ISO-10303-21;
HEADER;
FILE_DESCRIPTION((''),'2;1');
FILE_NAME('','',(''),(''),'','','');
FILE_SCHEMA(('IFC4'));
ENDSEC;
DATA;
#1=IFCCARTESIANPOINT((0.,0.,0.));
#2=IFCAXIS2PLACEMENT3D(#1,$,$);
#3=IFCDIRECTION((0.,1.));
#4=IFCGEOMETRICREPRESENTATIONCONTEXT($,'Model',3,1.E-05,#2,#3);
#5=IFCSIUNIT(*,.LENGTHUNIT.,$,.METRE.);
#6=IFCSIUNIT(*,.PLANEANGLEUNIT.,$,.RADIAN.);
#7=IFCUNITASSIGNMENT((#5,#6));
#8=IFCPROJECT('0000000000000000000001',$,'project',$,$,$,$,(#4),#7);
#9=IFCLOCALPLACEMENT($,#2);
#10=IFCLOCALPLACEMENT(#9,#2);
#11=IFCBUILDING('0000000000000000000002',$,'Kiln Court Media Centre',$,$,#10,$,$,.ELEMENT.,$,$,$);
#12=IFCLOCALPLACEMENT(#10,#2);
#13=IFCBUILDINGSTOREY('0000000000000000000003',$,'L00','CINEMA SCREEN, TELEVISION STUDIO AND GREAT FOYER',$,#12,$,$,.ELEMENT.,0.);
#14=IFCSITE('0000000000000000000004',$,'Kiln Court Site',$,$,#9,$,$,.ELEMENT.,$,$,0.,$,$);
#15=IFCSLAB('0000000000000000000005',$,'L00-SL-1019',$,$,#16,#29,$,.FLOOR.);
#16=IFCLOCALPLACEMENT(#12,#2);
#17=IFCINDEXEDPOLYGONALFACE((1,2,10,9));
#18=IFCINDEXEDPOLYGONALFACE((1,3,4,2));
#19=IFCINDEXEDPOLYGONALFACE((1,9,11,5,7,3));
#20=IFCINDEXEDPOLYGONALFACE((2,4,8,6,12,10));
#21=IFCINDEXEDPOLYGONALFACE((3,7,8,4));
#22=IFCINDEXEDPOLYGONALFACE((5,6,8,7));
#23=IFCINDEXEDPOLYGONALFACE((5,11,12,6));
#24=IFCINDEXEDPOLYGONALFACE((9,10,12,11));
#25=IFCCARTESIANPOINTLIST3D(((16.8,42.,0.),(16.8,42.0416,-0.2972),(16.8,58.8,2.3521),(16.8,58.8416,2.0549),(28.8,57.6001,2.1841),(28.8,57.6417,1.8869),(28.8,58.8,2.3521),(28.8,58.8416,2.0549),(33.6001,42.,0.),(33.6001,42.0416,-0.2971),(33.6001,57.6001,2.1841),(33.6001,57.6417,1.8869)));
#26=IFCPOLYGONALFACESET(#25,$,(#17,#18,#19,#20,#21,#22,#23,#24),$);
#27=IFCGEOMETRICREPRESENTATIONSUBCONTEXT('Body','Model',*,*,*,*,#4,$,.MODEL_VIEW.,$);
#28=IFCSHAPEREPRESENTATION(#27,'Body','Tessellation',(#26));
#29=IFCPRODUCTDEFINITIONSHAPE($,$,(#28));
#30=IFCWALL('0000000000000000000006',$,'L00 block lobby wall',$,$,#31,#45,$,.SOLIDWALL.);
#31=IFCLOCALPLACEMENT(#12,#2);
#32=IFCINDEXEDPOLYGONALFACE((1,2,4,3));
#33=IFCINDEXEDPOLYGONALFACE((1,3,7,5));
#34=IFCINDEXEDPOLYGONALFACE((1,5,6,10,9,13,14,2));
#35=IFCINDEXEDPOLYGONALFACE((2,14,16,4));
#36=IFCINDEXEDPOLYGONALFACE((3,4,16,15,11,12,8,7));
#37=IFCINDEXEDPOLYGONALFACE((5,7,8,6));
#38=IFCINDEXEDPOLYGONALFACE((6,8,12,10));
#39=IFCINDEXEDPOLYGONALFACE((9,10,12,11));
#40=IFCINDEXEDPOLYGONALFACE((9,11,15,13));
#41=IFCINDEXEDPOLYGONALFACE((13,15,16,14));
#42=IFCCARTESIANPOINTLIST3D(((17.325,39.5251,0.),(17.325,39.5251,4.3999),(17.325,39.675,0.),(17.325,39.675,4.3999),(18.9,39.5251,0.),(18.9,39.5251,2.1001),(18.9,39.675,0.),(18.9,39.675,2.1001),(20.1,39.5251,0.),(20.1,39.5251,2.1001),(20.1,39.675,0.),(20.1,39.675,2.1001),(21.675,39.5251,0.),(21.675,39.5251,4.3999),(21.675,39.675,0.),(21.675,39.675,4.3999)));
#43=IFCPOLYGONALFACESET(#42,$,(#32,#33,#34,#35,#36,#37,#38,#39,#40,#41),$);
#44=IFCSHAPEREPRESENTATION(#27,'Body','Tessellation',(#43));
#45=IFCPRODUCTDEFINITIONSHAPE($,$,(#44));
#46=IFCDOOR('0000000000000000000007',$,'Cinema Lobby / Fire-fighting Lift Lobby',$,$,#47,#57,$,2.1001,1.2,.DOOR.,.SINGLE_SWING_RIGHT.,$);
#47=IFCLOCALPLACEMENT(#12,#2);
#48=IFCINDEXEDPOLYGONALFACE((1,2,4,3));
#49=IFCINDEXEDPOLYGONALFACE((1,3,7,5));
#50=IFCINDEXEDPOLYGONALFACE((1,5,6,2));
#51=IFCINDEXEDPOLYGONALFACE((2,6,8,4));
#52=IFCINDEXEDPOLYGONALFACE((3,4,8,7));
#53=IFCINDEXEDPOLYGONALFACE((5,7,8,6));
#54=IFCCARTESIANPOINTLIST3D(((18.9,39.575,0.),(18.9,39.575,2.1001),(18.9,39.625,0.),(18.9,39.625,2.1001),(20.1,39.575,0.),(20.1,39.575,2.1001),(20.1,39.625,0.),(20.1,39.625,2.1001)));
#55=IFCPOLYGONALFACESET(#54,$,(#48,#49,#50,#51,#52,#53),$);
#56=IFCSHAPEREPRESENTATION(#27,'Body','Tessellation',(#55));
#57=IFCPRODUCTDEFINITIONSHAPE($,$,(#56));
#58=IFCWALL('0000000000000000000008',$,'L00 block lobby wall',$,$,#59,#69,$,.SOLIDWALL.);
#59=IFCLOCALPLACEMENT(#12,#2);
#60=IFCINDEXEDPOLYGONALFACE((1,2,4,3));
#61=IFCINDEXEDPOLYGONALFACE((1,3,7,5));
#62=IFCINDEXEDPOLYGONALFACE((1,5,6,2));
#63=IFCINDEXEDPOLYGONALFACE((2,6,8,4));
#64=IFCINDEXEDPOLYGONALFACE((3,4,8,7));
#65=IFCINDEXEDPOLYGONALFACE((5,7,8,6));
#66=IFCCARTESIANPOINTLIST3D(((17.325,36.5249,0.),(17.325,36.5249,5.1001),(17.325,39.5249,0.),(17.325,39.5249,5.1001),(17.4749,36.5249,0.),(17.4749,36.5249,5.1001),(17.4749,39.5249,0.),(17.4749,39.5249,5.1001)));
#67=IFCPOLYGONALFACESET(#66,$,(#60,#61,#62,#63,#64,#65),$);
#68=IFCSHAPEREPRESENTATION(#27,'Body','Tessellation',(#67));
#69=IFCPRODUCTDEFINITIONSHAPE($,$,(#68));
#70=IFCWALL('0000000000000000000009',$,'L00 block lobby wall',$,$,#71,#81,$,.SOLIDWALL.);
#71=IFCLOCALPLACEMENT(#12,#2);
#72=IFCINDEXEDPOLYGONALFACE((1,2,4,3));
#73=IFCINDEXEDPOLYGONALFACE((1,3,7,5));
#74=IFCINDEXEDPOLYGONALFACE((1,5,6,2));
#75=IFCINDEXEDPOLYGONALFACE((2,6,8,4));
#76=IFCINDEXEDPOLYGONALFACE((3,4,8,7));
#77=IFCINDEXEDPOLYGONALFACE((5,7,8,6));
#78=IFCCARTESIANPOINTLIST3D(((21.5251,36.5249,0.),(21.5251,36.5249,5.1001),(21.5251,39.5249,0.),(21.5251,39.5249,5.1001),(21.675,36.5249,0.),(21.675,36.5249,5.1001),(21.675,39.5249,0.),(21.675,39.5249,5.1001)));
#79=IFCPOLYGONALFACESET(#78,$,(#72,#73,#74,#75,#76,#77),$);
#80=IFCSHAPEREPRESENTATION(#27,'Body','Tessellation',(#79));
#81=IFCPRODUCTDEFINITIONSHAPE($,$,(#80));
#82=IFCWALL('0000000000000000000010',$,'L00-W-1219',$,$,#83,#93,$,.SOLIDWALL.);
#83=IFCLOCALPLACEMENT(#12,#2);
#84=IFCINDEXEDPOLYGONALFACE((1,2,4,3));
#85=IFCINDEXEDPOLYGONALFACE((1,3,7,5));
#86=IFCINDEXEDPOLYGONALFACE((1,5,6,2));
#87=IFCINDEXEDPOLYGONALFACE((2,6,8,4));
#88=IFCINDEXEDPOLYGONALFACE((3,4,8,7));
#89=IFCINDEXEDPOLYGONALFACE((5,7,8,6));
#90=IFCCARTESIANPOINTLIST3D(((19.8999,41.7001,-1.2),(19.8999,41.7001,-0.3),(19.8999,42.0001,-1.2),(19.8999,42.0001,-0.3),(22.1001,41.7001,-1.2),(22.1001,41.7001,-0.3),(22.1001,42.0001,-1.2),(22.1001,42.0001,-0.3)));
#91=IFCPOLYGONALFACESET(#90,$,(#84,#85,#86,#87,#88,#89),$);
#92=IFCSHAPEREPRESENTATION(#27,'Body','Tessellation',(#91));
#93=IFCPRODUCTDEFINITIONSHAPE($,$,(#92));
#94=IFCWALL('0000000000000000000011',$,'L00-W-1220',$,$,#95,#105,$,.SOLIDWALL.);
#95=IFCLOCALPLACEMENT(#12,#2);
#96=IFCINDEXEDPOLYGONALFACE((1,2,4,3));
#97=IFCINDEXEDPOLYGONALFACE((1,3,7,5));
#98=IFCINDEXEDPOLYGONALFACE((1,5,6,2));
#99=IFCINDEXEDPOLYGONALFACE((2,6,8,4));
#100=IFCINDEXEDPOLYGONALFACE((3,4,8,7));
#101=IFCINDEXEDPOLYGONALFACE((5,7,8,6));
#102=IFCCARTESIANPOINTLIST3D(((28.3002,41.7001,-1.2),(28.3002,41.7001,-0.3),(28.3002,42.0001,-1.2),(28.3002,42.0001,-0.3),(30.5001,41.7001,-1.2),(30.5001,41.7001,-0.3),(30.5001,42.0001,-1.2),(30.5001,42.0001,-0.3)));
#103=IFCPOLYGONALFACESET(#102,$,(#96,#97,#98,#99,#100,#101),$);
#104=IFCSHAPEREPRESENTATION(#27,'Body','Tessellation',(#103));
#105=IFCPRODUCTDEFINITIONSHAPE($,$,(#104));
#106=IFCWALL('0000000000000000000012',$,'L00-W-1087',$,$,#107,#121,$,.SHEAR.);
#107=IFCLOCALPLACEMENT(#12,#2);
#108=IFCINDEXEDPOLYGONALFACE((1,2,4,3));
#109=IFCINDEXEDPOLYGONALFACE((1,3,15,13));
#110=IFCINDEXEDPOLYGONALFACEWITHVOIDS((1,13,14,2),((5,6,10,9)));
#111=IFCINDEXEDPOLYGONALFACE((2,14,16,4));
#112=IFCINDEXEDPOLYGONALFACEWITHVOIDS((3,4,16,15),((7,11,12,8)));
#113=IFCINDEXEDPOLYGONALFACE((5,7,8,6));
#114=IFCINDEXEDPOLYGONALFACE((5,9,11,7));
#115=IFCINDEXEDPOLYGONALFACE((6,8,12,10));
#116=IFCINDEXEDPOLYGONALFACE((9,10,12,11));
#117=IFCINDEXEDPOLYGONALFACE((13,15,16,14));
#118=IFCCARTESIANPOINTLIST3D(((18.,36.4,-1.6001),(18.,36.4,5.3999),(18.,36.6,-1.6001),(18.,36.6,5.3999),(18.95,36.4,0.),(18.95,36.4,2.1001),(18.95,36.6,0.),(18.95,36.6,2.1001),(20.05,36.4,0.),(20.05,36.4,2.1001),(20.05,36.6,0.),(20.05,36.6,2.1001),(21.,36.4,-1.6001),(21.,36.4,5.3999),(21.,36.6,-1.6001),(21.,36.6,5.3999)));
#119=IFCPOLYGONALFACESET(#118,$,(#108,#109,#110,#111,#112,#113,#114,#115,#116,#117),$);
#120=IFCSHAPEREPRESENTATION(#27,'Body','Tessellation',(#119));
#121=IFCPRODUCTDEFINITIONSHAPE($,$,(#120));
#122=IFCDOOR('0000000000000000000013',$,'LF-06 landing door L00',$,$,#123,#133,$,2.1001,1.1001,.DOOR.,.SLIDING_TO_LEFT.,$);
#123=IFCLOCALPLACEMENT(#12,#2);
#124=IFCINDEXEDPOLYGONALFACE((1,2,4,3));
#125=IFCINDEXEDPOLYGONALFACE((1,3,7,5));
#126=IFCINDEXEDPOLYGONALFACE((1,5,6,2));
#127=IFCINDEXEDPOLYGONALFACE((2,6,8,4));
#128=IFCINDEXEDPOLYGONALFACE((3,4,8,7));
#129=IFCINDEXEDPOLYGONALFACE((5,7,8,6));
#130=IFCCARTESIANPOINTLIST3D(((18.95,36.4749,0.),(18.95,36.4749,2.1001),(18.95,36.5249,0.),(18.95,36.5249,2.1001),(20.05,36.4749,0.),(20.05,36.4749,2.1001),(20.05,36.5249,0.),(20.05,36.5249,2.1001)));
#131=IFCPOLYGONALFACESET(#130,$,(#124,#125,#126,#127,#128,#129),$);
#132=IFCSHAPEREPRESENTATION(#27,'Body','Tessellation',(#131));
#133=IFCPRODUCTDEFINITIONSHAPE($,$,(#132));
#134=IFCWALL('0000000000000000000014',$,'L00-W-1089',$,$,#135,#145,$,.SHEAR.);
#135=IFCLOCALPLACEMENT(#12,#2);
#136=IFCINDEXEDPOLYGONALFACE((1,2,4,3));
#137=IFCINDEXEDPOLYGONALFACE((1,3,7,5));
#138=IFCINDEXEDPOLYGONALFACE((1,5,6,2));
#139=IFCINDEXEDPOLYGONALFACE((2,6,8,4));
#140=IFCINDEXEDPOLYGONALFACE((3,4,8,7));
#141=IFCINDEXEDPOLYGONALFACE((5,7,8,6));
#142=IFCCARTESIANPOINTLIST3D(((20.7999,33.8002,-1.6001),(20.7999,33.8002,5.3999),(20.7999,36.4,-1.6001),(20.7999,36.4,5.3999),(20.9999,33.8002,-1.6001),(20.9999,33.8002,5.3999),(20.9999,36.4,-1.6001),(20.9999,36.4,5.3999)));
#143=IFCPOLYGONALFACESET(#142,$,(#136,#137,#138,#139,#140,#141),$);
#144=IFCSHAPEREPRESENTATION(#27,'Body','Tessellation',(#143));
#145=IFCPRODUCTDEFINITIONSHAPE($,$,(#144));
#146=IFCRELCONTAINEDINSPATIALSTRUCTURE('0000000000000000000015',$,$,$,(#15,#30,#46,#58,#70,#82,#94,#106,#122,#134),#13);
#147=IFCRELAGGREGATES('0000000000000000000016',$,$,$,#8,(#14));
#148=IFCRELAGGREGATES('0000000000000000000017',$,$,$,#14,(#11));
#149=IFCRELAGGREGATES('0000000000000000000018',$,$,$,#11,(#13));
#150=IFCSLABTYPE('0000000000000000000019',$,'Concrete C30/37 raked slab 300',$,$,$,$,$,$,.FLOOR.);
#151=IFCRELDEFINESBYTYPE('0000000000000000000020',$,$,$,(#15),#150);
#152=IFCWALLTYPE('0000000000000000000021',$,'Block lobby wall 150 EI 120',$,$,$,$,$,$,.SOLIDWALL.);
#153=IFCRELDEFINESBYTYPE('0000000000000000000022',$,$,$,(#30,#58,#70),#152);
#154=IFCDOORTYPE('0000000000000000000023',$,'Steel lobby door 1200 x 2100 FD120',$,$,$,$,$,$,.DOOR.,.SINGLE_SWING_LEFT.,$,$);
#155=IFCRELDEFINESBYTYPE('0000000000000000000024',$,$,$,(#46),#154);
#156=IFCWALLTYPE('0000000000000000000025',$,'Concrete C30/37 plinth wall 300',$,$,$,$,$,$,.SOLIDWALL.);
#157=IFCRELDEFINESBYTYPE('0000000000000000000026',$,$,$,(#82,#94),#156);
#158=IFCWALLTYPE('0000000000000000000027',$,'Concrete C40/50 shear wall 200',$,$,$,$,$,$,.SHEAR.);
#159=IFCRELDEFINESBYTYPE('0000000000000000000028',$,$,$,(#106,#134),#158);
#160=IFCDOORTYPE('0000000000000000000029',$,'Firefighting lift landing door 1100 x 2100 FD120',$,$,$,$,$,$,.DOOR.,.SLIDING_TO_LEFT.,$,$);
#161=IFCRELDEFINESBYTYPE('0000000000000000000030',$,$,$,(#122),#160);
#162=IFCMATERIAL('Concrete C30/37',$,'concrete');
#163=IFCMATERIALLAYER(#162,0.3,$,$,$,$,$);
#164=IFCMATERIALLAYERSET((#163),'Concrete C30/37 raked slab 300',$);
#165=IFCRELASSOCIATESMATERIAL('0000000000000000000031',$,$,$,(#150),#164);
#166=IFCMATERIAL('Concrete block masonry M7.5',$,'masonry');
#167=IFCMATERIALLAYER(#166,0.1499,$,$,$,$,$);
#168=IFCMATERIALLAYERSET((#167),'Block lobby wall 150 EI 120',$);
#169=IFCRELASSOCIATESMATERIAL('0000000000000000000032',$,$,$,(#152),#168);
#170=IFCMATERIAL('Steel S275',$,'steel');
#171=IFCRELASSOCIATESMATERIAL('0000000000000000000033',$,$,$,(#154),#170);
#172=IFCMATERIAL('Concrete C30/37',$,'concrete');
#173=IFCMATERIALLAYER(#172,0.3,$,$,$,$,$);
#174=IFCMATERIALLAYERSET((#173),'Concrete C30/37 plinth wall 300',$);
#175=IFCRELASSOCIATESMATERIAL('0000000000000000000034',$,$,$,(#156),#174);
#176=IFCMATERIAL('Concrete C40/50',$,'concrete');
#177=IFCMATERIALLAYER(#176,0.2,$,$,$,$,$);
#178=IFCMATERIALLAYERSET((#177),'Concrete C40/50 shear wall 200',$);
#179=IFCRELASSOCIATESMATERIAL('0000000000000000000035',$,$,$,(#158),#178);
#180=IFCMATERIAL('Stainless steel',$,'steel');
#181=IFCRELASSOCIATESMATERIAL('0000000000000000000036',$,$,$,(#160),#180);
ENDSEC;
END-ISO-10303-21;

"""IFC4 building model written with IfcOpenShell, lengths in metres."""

from ifc_helpers import new_model, si_unit, direction, frame, frame_2d, origin, place, context, subcontext, project, spatial, polyline, rectangle, outline, extrude, material, layer, layer_set, type_object, element, fill, save


model = new_model("IFC4")

# Units and contexts
model_context = context("Model", 3, precision=1e-05, world=origin(), true_north=direction((0.0, 1.0)))
body_context = subcontext(model_context, "Body", "Model", "MODEL_VIEW")
ifc_project = project(units=[si_unit("LENGTHUNIT", "METRE"), si_unit("PLANEANGLEUNIT", "RADIAN")], contexts=[model_context])

# Site, building, storey
site_placement = place(None, origin())
site = spatial("IfcSite", under=ifc_project, at=site_placement, Name="Kiln Court Site", CompositionType="ELEMENT", RefElevation=0.0)
building_placement = place(site_placement, origin())
building = spatial("IfcBuilding", under=site, at=building_placement, Name="Kiln Court Media Centre", CompositionType="ELEMENT")
storey_placement = place(building_placement, origin())
storey = spatial("IfcBuildingStorey", under=building, at=storey_placement, Name="L00", Description="CINEMA SCREEN, TELEVISION STUDIO AND GREAT FOYER", CompositionType="ELEMENT", Elevation=0.0)

# Slab
ifc_material_1 = material(Name="Concrete C30/37", Category="concrete")
ifc_layer_1 = layer(ifc_material_1, 0.3)
ifc_layer_set_1 = layer_set([ifc_layer_1], Name="Concrete C30/37 raked slab 300")
slab_type = type_object("IfcSlabType", Name="Concrete C30/37 raked slab 300", PredefinedType="FLOOR", material=ifc_layer_set_1)
slab_placement = place(storey_placement, frame((16.8, 42.0, 0.0), z_axis=(-0.000001, -0.138651, 0.990341), x_axis=(0.0, 0.990341, 0.138651)))
element("IfcSlab", 1, at=slab_placement, inside=storey, type_object=slab_type, Name="L00-SL-1019", PredefinedType="FLOOR", context=body_context, shape_type="SweptSolid", body=[
    extrude(outline(polyline([(0.0, 0.0), (16.9639, 0.0), (16.9639, -12.0), (15.7522, -12.0), (15.7522, -16.8), (0.0, -16.8), (0.0, 0.0)])), origin(), (0.0, 0.0, -1.0), 0.3),
])

# Wall, opening, door
ifc_material_2 = material(Name="Concrete block masonry M7.5", Category="masonry")
ifc_layer_2 = layer(ifc_material_2, 0.1499)
ifc_layer_set_2 = layer_set([ifc_layer_2], Name="Block lobby wall 150 EI 120")
wall_type_1 = type_object("IfcWallType", Name="Block lobby wall 150 EI 120", PredefinedType="SOLIDWALL", material=ifc_layer_set_2)
wall_1_placement = place(storey_placement, frame((17.325, 39.6001, 0.0), z_axis=(0.0, 0.0, 1.0), x_axis=(1.0, 0.0, 0.0)))
wall_1 = element("IfcWall", 2, at=wall_1_placement, inside=storey, type_object=wall_type_1, Name="L00 block lobby wall", PredefinedType="SOLIDWALL", context=body_context, shape_type="SweptSolid", body=[
    extrude(rectangle(XDim=4.3501, YDim=0.1499, at=frame_2d((2.175, 0.0))), origin(), (0.0, 0.0, 1.0), 4.3999),
])
opening_1_placement = place(wall_1_placement, frame((1.575, 0.0, 0.0)))
opening_1 = element("IfcOpeningElement", 3, at=opening_1_placement, cuts=wall_1, PredefinedType="OPENING", context=body_context, shape_type="SweptSolid", body=[
    extrude(rectangle(XDim=1.2, YDim=2.1001, at=frame_2d((0.6001, 1.05))), frame((0.0, 0.085, 0.0), z_axis=(0.0, -1.0, 0.0), x_axis=(1.0, 0.0, 0.0)), (0.0, 0.0, 1.0), 0.1699),
])
ifc_material_3 = material(Name="Steel S275", Category="steel")
door_type_1 = type_object("IfcDoorType", Name="Steel lobby door 1200 x 2100 FD120", OperationType="SINGLE_SWING_LEFT", PredefinedType="DOOR", material=ifc_material_3)
door_1_placement = place(opening_1_placement, origin())
door_1 = element("IfcDoor", 4, at=door_1_placement, inside=storey, type_object=door_type_1, Name="Cinema Lobby / Fire-fighting Lift Lobby", OperationType="SINGLE_SWING_RIGHT", OverallHeight=2.1001, OverallWidth=1.2, PredefinedType="DOOR", context=body_context, shape_type="SweptSolid", body=[
    extrude(rectangle(XDim=1.2, YDim=2.1001, at=frame_2d((0.6001, 1.05))), frame((0.0, 0.0249, 0.0), z_axis=(0.0, -1.0, 0.0), x_axis=(1.0, 0.0, 0.0)), (0.0, 0.0, 1.0), 0.05),
])
fill(opening_1, door_1)

# Walls
for number, where, z_axis, x_axis, name in (
    (5, (17.3999, 36.5249, 0.0), (0.0, 0.0, 1.0), (0.0, 1.0, 0.0), "L00 block lobby wall"),
    (6, (21.6001, 36.5249, 0.0), (0.0, 0.0, 1.0), (0.0, 1.0, 0.0), "L00 block lobby wall"),
):
    element("IfcWall", number, at=place(storey_placement, frame(where, z_axis=z_axis, x_axis=x_axis)), inside=storey, type_object=wall_type_1, Name=name, PredefinedType="SOLIDWALL", context=body_context, shape_type="SweptSolid", body=[
        extrude(rectangle(XDim=3.0, YDim=0.1499, at=frame_2d((1.5, 0.0))), origin(), (0.0, 0.0, 1.0), 5.1001),
    ])
ifc_material_4 = material(Name="Concrete C30/37", Category="concrete")
ifc_layer_3 = layer(ifc_material_4, 0.3)
ifc_layer_set_3 = layer_set([ifc_layer_3], Name="Concrete C30/37 plinth wall 300")
wall_type_2 = type_object("IfcWallType", Name="Concrete C30/37 plinth wall 300", PredefinedType="SOLIDWALL", material=ifc_layer_set_3)
wall_2_placement = place(storey_placement, frame((19.8999, 41.8501, -1.2), z_axis=(0.0, 0.0, 1.0), x_axis=(1.0, 0.0, 0.0)))
element("IfcWall", 7, at=wall_2_placement, inside=storey, type_object=wall_type_2, Name="L00-W-1219", PredefinedType="SOLIDWALL", context=body_context, shape_type="SweptSolid", body=[
    extrude(rectangle(XDim=2.2002, YDim=0.3, at=frame_2d((1.1001, 0.0))), origin(), (0.0, 0.0, 1.0), 0.8999),
])
wall_3_placement = place(storey_placement, frame((28.3, 41.8501, -1.2), z_axis=(0.0, 0.0, 1.0), x_axis=(1.0, 0.0, 0.0)))
element("IfcWall", 8, at=wall_3_placement, inside=storey, type_object=wall_type_2, Name="L00-W-1220", PredefinedType="SOLIDWALL", context=body_context, shape_type="SweptSolid", body=[
    extrude(rectangle(XDim=2.2, YDim=0.3, at=frame_2d((1.1001, 0.0))), origin(), (0.0, 0.0, 1.0), 0.8999),
])

# Wall, opening, door
ifc_material_5 = material(Name="Concrete C40/50", Category="concrete")
ifc_layer_4 = layer(ifc_material_5, 0.2)
ifc_layer_set_4 = layer_set([ifc_layer_4], Name="Concrete C40/50 shear wall 200")
wall_type_3 = type_object("IfcWallType", Name="Concrete C40/50 shear wall 200", PredefinedType="SHEAR", material=ifc_layer_set_4)
wall_4_placement = place(storey_placement, frame((18.0, 36.5, -1.6001), z_axis=(0.0, 0.0, 1.0), x_axis=(1.0, 0.0, 0.0)))
wall_4 = element("IfcWall", 9, at=wall_4_placement, inside=storey, type_object=wall_type_3, Name="L00-W-1087", PredefinedType="SHEAR", context=body_context, shape_type="SweptSolid", body=[
    extrude(rectangle(XDim=3.0, YDim=0.2, at=frame_2d((1.5, 0.0))), origin(), (0.0, 0.0, 1.0), 7.0),
])
opening_2_placement = place(wall_4_placement, frame((0.95, 0.0, 1.6001)))
opening_2 = element("IfcOpeningElement", 10, at=opening_2_placement, cuts=wall_4, PredefinedType="OPENING", context=body_context, shape_type="SweptSolid", body=[
    extrude(rectangle(XDim=1.1001, YDim=2.1001, at=frame_2d((0.55, 1.05))), frame((0.0, 0.1099, 0.0), z_axis=(0.0, -1.0, 0.0), x_axis=(1.0, 0.0, 0.0)), (0.0, 0.0, 1.0), 0.22),
])
ifc_material_6 = material(Name="Stainless steel", Category="steel")
door_type_2 = type_object("IfcDoorType", Name="Firefighting lift landing door 1100 x 2100 FD120", OperationType="SLIDING_TO_LEFT", PredefinedType="DOOR", material=ifc_material_6)
door_2_placement = place(opening_2_placement, origin())
door_2 = element("IfcDoor", 11, at=door_2_placement, inside=storey, type_object=door_type_2, Name="LF-06 landing door L00", OperationType="SLIDING_TO_LEFT", OverallHeight=2.1001, OverallWidth=1.1001, PredefinedType="DOOR", context=body_context, shape_type="SweptSolid", body=[
    extrude(rectangle(XDim=1.1001, YDim=2.1001, at=frame_2d((0.55, 1.05))), frame((0.0, 0.0249, 0.0), z_axis=(0.0, -1.0, 0.0), x_axis=(1.0, 0.0, 0.0)), (0.0, 0.0, 1.0), 0.05),
])
fill(opening_2, door_2)

# Wall
wall_5_placement = place(storey_placement, frame((20.8999, 36.3999, -1.6001), z_axis=(0.0, 0.0, 1.0), x_axis=(0.0, -1.0, 0.0)))
element("IfcWall", 12, at=wall_5_placement, inside=storey, type_object=wall_type_3, Name="L00-W-1089", PredefinedType="SHEAR", context=body_context, shape_type="SweptSolid", body=[
    extrude(rectangle(XDim=2.5999, YDim=0.2, at=frame_2d((1.2998, 0.0))), origin(), (0.0, 0.0, 1.0), 7.0),
])

save(model, "model.ifc")
